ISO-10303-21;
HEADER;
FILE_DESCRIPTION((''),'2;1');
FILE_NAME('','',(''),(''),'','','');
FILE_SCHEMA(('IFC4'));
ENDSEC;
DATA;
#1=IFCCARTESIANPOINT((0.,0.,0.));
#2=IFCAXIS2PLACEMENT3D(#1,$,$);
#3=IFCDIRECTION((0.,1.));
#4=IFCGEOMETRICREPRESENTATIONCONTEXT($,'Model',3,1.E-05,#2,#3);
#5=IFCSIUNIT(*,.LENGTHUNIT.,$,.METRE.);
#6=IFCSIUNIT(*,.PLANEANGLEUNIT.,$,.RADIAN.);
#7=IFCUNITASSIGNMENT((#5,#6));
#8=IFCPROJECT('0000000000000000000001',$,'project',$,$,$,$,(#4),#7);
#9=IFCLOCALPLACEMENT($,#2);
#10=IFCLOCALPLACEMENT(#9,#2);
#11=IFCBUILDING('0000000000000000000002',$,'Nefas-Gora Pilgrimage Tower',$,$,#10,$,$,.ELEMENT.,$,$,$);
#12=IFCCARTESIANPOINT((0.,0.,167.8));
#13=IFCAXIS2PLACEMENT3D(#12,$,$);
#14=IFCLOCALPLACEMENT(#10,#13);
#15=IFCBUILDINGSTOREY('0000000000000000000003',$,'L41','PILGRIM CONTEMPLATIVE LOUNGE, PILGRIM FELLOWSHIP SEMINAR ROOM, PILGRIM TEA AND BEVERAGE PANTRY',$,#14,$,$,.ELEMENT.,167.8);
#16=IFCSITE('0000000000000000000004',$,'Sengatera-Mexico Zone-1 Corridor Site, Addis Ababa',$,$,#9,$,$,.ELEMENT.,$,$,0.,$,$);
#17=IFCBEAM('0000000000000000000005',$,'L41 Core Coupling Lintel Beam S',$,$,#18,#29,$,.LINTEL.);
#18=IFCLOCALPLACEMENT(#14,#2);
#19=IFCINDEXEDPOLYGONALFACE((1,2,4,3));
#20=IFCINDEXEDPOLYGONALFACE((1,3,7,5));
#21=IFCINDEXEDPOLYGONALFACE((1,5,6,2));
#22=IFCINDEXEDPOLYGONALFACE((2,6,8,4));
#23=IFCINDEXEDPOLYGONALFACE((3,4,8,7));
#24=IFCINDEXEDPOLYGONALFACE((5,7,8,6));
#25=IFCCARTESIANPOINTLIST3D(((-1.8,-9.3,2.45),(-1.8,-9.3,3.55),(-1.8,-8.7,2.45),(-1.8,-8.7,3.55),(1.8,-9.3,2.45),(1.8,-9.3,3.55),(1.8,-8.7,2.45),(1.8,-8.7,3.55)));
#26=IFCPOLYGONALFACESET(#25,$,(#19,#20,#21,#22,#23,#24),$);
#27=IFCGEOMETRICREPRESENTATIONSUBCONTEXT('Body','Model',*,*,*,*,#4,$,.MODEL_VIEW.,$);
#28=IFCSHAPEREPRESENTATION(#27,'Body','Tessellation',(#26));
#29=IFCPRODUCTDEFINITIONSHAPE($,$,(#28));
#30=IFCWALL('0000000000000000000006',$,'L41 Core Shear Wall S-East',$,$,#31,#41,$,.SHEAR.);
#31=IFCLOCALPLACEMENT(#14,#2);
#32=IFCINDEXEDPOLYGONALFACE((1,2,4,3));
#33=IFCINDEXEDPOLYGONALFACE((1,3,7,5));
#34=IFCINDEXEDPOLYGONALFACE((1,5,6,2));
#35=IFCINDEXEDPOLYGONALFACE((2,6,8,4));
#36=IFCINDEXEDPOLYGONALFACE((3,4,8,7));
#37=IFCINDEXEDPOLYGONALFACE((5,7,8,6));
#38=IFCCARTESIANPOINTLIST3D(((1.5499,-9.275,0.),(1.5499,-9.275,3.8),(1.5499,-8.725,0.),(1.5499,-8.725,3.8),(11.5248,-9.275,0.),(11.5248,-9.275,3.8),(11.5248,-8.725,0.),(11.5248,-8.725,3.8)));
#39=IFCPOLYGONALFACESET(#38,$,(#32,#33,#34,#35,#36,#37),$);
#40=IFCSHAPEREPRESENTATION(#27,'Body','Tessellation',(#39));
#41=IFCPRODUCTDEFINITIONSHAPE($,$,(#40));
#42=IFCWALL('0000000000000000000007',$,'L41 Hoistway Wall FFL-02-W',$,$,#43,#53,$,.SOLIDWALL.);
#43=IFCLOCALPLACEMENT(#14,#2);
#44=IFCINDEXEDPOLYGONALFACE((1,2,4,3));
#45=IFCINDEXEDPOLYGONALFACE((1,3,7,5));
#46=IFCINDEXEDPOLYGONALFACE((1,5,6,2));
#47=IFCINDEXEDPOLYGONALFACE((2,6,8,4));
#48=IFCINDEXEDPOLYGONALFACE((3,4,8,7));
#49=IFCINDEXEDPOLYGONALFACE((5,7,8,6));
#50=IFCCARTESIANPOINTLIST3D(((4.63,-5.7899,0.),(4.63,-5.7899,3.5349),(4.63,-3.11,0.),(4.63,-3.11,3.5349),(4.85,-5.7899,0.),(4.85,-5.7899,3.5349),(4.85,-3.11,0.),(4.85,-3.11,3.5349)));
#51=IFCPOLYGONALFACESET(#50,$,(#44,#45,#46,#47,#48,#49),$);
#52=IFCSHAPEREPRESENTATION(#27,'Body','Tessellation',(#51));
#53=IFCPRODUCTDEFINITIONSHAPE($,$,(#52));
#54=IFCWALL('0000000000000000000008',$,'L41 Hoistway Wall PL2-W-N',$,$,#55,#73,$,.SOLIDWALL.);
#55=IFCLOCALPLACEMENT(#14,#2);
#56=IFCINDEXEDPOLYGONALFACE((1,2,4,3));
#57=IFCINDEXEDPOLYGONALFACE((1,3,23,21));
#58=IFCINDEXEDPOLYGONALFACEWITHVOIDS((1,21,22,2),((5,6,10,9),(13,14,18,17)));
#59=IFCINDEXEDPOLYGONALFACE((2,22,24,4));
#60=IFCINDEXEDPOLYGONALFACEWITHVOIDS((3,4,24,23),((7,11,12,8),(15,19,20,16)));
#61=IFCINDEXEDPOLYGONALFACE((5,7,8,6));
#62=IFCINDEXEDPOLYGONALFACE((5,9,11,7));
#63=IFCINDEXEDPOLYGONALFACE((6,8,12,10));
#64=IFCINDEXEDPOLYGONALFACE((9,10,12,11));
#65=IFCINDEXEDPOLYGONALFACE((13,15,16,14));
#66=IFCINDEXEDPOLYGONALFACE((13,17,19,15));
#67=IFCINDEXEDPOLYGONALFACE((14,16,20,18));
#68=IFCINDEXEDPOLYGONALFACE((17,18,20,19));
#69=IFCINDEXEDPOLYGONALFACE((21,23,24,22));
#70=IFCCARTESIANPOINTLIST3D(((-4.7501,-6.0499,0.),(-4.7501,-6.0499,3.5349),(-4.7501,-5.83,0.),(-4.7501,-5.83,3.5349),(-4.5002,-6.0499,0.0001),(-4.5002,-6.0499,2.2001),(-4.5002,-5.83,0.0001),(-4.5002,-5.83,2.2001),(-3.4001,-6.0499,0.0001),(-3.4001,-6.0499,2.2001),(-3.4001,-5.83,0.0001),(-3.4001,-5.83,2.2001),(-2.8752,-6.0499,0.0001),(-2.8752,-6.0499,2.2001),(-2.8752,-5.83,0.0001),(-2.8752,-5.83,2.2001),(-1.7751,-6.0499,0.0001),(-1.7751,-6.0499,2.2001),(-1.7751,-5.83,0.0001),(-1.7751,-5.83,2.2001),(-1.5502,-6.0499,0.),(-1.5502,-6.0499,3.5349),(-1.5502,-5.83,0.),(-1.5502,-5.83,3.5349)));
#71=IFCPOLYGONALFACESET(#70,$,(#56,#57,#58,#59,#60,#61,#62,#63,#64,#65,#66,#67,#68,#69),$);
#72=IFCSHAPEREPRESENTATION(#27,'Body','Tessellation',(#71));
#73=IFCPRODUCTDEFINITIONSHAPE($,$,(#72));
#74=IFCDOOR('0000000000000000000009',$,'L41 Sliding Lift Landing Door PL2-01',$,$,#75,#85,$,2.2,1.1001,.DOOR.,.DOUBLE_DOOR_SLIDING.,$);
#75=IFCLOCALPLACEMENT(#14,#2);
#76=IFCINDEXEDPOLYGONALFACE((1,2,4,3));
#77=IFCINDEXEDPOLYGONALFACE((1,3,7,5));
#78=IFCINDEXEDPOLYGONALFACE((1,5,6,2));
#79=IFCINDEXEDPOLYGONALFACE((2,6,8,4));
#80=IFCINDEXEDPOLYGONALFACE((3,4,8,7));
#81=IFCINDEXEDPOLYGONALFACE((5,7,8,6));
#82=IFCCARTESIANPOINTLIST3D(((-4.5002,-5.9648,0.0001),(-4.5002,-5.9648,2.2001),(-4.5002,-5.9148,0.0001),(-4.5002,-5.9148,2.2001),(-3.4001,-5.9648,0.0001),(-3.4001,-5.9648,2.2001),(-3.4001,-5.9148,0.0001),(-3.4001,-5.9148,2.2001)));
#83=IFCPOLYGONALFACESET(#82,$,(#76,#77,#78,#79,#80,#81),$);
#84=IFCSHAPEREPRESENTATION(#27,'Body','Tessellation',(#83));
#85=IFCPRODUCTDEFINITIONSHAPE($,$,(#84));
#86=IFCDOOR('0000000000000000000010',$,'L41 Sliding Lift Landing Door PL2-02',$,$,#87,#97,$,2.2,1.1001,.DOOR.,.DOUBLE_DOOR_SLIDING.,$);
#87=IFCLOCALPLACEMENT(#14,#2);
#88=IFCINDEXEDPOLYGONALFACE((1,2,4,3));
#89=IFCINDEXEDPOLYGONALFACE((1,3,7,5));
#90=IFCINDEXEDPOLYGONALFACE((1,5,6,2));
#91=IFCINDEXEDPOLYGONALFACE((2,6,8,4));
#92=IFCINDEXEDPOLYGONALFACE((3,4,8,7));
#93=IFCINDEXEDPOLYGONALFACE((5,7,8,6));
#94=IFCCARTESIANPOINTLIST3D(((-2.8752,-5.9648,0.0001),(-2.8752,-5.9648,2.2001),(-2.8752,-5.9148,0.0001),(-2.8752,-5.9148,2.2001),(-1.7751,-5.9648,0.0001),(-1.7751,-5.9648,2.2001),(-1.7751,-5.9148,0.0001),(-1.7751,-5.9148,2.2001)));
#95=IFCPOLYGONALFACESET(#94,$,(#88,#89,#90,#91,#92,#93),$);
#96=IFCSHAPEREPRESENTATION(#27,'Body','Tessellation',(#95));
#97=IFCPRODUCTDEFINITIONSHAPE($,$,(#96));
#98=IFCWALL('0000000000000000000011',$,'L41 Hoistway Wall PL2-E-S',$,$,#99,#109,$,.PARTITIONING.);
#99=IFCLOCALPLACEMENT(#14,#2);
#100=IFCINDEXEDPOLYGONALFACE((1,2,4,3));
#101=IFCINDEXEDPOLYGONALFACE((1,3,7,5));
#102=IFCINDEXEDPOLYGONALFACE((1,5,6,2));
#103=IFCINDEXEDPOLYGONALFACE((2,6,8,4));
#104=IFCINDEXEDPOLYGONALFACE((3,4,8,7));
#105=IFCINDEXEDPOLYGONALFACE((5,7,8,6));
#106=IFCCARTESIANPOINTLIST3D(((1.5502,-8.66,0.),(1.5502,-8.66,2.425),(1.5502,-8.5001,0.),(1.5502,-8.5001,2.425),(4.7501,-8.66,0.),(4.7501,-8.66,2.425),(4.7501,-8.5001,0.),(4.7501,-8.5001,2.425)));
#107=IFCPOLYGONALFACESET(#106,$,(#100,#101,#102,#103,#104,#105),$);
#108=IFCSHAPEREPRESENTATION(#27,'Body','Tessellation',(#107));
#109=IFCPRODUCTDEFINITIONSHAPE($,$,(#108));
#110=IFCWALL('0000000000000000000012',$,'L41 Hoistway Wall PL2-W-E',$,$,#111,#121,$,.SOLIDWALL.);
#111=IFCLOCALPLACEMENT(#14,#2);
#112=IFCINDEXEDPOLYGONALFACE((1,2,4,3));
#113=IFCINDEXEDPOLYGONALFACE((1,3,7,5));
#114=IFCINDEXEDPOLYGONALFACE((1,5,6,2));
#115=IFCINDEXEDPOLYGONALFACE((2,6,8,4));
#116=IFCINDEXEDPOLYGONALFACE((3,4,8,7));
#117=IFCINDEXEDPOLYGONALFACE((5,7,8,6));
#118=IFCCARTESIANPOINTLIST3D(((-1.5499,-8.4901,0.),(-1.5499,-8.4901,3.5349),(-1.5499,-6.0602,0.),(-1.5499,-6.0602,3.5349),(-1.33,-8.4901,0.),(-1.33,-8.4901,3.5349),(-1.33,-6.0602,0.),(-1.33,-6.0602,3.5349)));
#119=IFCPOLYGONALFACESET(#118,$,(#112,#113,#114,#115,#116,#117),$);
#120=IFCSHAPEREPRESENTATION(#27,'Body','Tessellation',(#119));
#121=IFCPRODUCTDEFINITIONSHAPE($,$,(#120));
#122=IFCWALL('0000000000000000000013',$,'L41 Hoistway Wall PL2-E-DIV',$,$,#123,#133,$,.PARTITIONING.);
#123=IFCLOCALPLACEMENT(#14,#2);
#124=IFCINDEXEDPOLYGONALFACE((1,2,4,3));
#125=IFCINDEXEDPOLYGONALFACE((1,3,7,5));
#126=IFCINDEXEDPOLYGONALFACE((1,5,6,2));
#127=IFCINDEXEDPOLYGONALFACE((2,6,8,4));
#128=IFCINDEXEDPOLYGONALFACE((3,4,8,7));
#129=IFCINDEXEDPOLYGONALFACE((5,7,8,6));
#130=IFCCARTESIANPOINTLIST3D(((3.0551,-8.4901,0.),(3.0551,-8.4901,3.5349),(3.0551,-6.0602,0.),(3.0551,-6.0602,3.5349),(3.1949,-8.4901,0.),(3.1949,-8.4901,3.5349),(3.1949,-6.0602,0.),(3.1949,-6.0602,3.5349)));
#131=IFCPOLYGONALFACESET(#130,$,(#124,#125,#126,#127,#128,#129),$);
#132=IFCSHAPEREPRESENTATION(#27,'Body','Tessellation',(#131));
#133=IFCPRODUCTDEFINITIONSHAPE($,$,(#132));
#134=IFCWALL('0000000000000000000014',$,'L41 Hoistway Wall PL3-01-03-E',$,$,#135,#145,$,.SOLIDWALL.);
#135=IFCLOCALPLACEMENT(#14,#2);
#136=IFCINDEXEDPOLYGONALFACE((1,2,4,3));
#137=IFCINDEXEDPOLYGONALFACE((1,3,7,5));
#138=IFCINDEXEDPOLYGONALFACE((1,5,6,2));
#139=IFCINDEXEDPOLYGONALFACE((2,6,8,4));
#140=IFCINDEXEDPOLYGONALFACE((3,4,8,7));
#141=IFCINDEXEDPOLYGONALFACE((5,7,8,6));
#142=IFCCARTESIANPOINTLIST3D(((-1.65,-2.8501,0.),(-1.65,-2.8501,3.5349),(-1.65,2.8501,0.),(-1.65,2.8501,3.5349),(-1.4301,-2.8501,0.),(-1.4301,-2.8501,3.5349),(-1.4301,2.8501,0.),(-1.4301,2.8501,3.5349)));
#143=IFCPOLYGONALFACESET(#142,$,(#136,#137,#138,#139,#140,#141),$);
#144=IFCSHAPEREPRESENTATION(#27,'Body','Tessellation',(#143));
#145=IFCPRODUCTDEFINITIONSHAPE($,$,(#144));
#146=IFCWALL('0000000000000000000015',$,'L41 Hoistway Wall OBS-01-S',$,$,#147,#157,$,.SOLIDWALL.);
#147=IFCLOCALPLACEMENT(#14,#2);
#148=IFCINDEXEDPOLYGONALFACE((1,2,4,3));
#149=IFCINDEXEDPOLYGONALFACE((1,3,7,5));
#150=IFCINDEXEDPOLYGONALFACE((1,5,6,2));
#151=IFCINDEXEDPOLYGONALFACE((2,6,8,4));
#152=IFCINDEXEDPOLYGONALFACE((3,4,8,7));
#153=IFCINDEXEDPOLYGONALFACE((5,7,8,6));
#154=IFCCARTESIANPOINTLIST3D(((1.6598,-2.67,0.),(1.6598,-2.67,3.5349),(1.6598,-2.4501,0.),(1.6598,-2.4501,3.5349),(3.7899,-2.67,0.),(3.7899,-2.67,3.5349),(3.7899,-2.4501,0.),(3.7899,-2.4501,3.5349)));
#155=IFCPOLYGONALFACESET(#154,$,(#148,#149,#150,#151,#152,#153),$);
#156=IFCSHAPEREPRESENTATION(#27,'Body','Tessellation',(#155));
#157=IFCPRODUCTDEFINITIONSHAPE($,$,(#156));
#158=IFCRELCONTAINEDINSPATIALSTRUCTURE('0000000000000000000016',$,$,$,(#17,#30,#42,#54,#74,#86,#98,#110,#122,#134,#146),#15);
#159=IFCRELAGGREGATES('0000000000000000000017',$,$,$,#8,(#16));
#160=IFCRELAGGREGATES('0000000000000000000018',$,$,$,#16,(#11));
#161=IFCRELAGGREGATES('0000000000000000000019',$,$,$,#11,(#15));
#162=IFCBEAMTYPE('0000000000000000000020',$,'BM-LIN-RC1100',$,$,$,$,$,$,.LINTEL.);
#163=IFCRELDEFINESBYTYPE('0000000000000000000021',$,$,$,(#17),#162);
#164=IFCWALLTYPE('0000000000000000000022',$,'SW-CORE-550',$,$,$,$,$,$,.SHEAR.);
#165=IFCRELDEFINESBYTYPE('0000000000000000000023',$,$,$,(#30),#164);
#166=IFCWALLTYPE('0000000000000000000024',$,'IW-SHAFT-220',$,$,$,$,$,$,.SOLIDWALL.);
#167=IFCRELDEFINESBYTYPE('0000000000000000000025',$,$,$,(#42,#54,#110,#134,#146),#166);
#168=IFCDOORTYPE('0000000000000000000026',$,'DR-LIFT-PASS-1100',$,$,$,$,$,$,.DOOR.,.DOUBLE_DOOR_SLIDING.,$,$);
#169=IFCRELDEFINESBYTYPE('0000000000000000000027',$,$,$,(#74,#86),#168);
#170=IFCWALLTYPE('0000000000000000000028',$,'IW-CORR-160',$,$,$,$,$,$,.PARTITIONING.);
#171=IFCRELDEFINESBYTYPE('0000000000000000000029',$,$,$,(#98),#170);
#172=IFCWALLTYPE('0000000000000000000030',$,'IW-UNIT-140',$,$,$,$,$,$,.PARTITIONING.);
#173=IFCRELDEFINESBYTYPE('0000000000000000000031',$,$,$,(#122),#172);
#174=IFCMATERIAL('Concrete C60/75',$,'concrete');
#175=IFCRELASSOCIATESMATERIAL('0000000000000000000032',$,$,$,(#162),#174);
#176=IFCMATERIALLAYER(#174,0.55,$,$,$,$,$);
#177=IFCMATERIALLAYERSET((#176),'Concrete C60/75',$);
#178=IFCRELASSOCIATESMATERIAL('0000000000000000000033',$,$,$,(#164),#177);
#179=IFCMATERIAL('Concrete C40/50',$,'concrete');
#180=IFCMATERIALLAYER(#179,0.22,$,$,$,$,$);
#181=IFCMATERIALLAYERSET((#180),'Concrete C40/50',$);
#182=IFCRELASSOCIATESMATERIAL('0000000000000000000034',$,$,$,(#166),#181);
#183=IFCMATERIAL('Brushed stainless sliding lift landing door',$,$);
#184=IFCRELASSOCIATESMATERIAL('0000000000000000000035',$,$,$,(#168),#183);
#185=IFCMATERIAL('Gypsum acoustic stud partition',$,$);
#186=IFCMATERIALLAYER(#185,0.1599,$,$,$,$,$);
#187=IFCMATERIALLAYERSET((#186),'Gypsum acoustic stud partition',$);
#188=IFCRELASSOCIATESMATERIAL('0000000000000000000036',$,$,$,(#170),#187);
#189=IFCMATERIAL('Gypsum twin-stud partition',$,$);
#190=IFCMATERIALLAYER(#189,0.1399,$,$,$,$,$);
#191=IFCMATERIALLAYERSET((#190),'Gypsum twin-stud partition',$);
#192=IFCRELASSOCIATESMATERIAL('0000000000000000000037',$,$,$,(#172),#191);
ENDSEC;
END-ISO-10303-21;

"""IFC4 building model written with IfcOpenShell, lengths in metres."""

from ifc_helpers import new_model, si_unit, direction, frame, frame_2d, origin, origin_2d, place, context, subcontext, project, spatial, rectangle, extrude, source, transform, mapped, material, layer, layer_set, material_profile, profile_set, type_object, element, fill, save


model = new_model("IFC4")

# Units and contexts
model_context = context("Model", 3, precision=1e-05, world=origin(), true_north=direction((0.0, 1.0)))
body_context = subcontext(model_context, "Body", "Model", "MODEL_VIEW")
ifc_project = project(units=[si_unit("LENGTHUNIT", "METRE"), si_unit("PLANEANGLEUNIT", "RADIAN")], contexts=[model_context])

# Site, building, storey
site_placement = place(None, origin())
site = spatial("IfcSite", under=ifc_project, at=site_placement, Name="Sengatera-Mexico Zone-1 Corridor Site, Addis Ababa", CompositionType="ELEMENT", RefElevation=0.0)
building_placement = place(site_placement, origin())
building = spatial("IfcBuilding", under=site, at=building_placement, Name="Nefas-Gora Pilgrimage Tower", CompositionType="ELEMENT")
storey_placement = place(building_placement, frame((0.0, 0.0, 167.8)))
storey = spatial("IfcBuildingStorey", under=building, at=storey_placement, Name="L41", Description="PILGRIM CONTEMPLATIVE LOUNGE, PILGRIM FELLOWSHIP SEMINAR ROOM, PILGRIM TEA AND BEVERAGE PANTRY", CompositionType="ELEMENT", Elevation=167.8)

# Beam
ifc_material_1 = material(Name="Concrete C60/75", Category="concrete")
ifc_material_profile = material_profile(ifc_material_1, rectangle(XDim=0.6001, YDim=1.1001, at=origin_2d()), Name="RC 600x1100")
ifc_profile_set = profile_set([ifc_material_profile], Name="Concrete C60/75")
beam_type = type_object("IfcBeamType", Name="BM-LIN-RC1100", PredefinedType="LINTEL", material=ifc_profile_set)
shared_shape_1 = source(origin(), body_context, "Body", "SweptSolid", [
    extrude(rectangle(XDim=0.6001, YDim=1.1001, at=origin_2d()), origin(), (0.0, 0.0, 1.0), 3.6001),
])
beam_placement = place(storey_placement, frame((-1.8, -9.0, 3.0), z_axis=(1.0, 0.0, 0.0), x_axis=(0.0, 1.0, 0.0)))
element("IfcBeam", 1, at=beam_placement, inside=storey, type_object=beam_type, Name="L41 Core Coupling Lintel Beam S", PredefinedType="LINTEL", context=body_context, shape_type="MappedRepresentation", body=[
    mapped(shared_shape_1, transform((0.0, 0.0, 0.0), x_axis=(1.0, 0.0, 0.0), y_axis=(0.0, 1.0, 0.0), z_axis=(0.0, 0.0, 1.0), scale=1.0)),
])

# Walls
ifc_layer_1 = layer(ifc_material_1, 0.55)
ifc_layer_set_1 = layer_set([ifc_layer_1], Name="Concrete C60/75")
wall_type_1 = type_object("IfcWallType", Name="SW-CORE-550", PredefinedType="SHEAR", material=ifc_layer_set_1)
shared_shape_2 = source(origin(), body_context, "Body", "SweptSolid", [
    extrude(rectangle(XDim=9.9749, YDim=0.55, at=frame_2d((4.9873, 0.0))), origin(), (0.0, 0.0, 1.0), 3.8),
])
wall_1_placement = place(storey_placement, frame((1.55, -9.0, 0.0), z_axis=(0.0, 0.0, 1.0), x_axis=(1.0, 0.0, 0.0)))
element("IfcWall", 2, at=wall_1_placement, inside=storey, type_object=wall_type_1, Name="L41 Core Shear Wall S-East", PredefinedType="SHEAR", context=body_context, shape_type="MappedRepresentation", body=[
    mapped(shared_shape_2, transform((0.0, 0.0, 0.0), x_axis=(1.0, 0.0, 0.0), y_axis=(0.0, 1.0, 0.0), z_axis=(0.0, 0.0, 1.0), scale=1.0)),
])
ifc_material_2 = material(Name="Concrete C40/50", Category="concrete")
ifc_layer_2 = layer(ifc_material_2, 0.22)
ifc_layer_set_2 = layer_set([ifc_layer_2], Name="Concrete C40/50")
wall_type_2 = type_object("IfcWallType", Name="IW-SHAFT-220", PredefinedType="SOLIDWALL", material=ifc_layer_set_2)
shared_shape_3 = source(origin(), body_context, "Body", "SweptSolid", [
    extrude(rectangle(XDim=2.6799, YDim=0.22, at=frame_2d((1.3398, 0.0))), origin(), (0.0, 0.0, 1.0), 3.5349),
])
wall_2_placement = place(storey_placement, frame((4.74, -3.1101, 0.0), z_axis=(0.0, 0.0, 1.0), x_axis=(0.0, -1.0, 0.0)))
element("IfcWall", 3, at=wall_2_placement, inside=storey, type_object=wall_type_2, Name="L41 Hoistway Wall FFL-02-W", PredefinedType="SOLIDWALL", context=body_context, shape_type="MappedRepresentation", body=[
    mapped(shared_shape_3, transform((0.0, 0.0, 0.0), x_axis=(1.0, 0.0, 0.0), y_axis=(0.0, 1.0, 0.0), z_axis=(0.0, 0.0, 1.0), scale=1.0)),
])

# Wall, openings, doors
shared_shape_4 = source(origin(), body_context, "Body", "SweptSolid", [
    extrude(rectangle(XDim=3.2, YDim=0.22, at=frame_2d((1.6001, 0.0))), origin(), (0.0, 0.0, 1.0), 3.5349),
])
wall_3_placement = place(storey_placement, frame((-1.55, -5.9399, 0.0), z_axis=(0.0, 0.0, 1.0), x_axis=(-1.0, 0.0, 0.0)))
wall_3 = element("IfcWall", 4, at=wall_3_placement, inside=storey, type_object=wall_type_2, Name="L41 Hoistway Wall PL2-W-N", PredefinedType="SOLIDWALL", context=body_context, shape_type="MappedRepresentation", body=[
    mapped(shared_shape_4, transform((0.0, 0.0, 0.0), x_axis=(1.0, 0.0, 0.0), y_axis=(0.0, 1.0, 0.0), z_axis=(0.0, 0.0, 1.0), scale=1.0)),
])
opening_1_placement = place(wall_3_placement, frame((1.8501, 0.0, 0.0)))
opening_1 = element("IfcOpeningElement", 5, at=opening_1_placement, cuts=wall_3, PredefinedType="OPENING", context=body_context, shape_type="SweptSolid", body=[
    extrude(rectangle(XDim=1.1001, YDim=2.2, at=frame_2d((0.55, 1.1001))), frame((0.0, 0.1199, 0.0), z_axis=(0.0, -1.0, 0.0), x_axis=(1.0, 0.0, 0.0)), (0.0, 0.0, 1.0), 0.24),
])
opening_2_placement = place(wall_3_placement, frame((0.2251, 0.0, 0.0)))
opening_2 = element("IfcOpeningElement", 6, at=opening_2_placement, cuts=wall_3, PredefinedType="OPENING", context=body_context, shape_type="SweptSolid", body=[
    extrude(rectangle(XDim=1.1001, YDim=2.2, at=frame_2d((0.55, 1.1001))), frame((0.0, 0.1199, 0.0), z_axis=(0.0, -1.0, 0.0), x_axis=(1.0, 0.0, 0.0)), (0.0, 0.0, 1.0), 0.24),
])
ifc_material_3 = material(Name="Brushed stainless sliding lift landing door")
door_type_1 = type_object("IfcDoorType", Name="DR-LIFT-PASS-1100", OperationType="DOUBLE_DOOR_SLIDING", PredefinedType="DOOR", material=ifc_material_3)
shared_shape_5 = source(origin(), body_context, "Body", "SweptSolid", [
    extrude(rectangle(XDim=1.1001, YDim=2.2, at=frame_2d((0.55, 1.1001))), frame((0.0, 0.0249, 0.0), z_axis=(0.0, -1.0, 0.0), x_axis=(1.0, 0.0, 0.0)), (0.0, 0.0, 1.0), 0.05),
])
door_1_placement = place(opening_1_placement, origin())
door_1 = element("IfcDoor", 7, at=door_1_placement, inside=storey, type_object=door_type_1, Name="L41 Sliding Lift Landing Door PL2-01", OperationType="DOUBLE_DOOR_SLIDING", OverallHeight=2.2, OverallWidth=1.1001, PredefinedType="DOOR", context=body_context, shape_type="MappedRepresentation", body=[
    mapped(shared_shape_5, transform((0.0, 0.0, 0.0), x_axis=(1.0, 0.0, 0.0), y_axis=(0.0, 1.0, 0.0), z_axis=(0.0, 0.0, 1.0), scale=1.0)),
])
fill(opening_1, door_1)
door_2_placement = place(opening_2_placement, origin())
door_2 = element("IfcDoor", 8, at=door_2_placement, inside=storey, type_object=door_type_1, Name="L41 Sliding Lift Landing Door PL2-02", OperationType="DOUBLE_DOOR_SLIDING", OverallHeight=2.2, OverallWidth=1.1001, PredefinedType="DOOR", context=body_context, shape_type="MappedRepresentation", body=[
    mapped(shared_shape_5, transform((0.0, 0.0, 0.0), x_axis=(1.0, 0.0, 0.0), y_axis=(0.0, 1.0, 0.0), z_axis=(0.0, 0.0, 1.0), scale=1.0)),
])
fill(opening_2, door_2)

# Walls
ifc_material_4 = material(Name="Gypsum acoustic stud partition")
ifc_layer_3 = layer(ifc_material_4, 0.1599)
ifc_layer_set_3 = layer_set([ifc_layer_3], Name="Gypsum acoustic stud partition")
wall_type_3 = type_object("IfcWallType", Name="IW-CORR-160", PredefinedType="PARTITIONING", material=ifc_layer_set_3)
shared_shape_6 = source(origin(), body_context, "Body", "SweptSolid", [
    extrude(rectangle(XDim=3.2, YDim=0.1599, at=frame_2d((1.6001, 0.0))), origin(), (0.0, 0.0, 1.0), 2.425),
])
wall_4_placement = place(storey_placement, frame((1.55, -8.5801, 0.0), z_axis=(0.0, 0.0, 1.0), x_axis=(1.0, 0.0, 0.0)))
element("IfcWall", 9, at=wall_4_placement, inside=storey, type_object=wall_type_3, Name="L41 Hoistway Wall PL2-E-S", PredefinedType="PARTITIONING", context=body_context, shape_type="MappedRepresentation", body=[
    mapped(shared_shape_6, transform((0.0, 0.0, 0.0), x_axis=(1.0, 0.0, 0.0), y_axis=(0.0, 1.0, 0.0), z_axis=(0.0, 0.0, 1.0), scale=1.0)),
])
shared_shape_7 = source(origin(), body_context, "Body", "SweptSolid", [
    extrude(rectangle(XDim=2.4299, YDim=0.22, at=frame_2d((1.2148, 0.0))), origin(), (0.0, 0.0, 1.0), 3.5349),
])
for number, where, z_axis, x_axis, name in (
    (10, (-1.4399, -8.49, 0.0), (0.0, 0.0, 1.0), (0.0, 1.0, 0.0), "L41 Hoistway Wall PL2-W-E"),
):
    element("IfcWall", number, at=place(storey_placement, frame(where, z_axis=z_axis, x_axis=x_axis)), inside=storey, type_object=wall_type_2, Name=name, PredefinedType="SOLIDWALL", context=body_context, shape_type="MappedRepresentation", body=[
        mapped(shared_shape_7, transform((0.0, 0.0, 0.0), x_axis=(1.0, 0.0, 0.0), y_axis=(0.0, 1.0, 0.0), z_axis=(0.0, 0.0, 1.0), scale=1.0)),
    ])
ifc_material_5 = material(Name="Gypsum twin-stud partition")
ifc_layer_4 = layer(ifc_material_5, 0.1399)
ifc_layer_set_4 = layer_set([ifc_layer_4], Name="Gypsum twin-stud partition")
wall_type_4 = type_object("IfcWallType", Name="IW-UNIT-140", PredefinedType="PARTITIONING", material=ifc_layer_set_4)
shared_shape_8 = source(origin(), body_context, "Body", "SweptSolid", [
    extrude(rectangle(XDim=2.4299, YDim=0.1399, at=frame_2d((1.2148, 0.0))), origin(), (0.0, 0.0, 1.0), 3.5349),
])
wall_5_placement = place(storey_placement, frame((3.125, -8.49, 0.0), z_axis=(0.0, 0.0, 1.0), x_axis=(0.0, 1.0, 0.0)))
element("IfcWall", 11, at=wall_5_placement, inside=storey, type_object=wall_type_4, Name="L41 Hoistway Wall PL2-E-DIV", PredefinedType="PARTITIONING", context=body_context, shape_type="MappedRepresentation", body=[
    mapped(shared_shape_8, transform((0.0, 0.0, 0.0), x_axis=(1.0, 0.0, 0.0), y_axis=(0.0, 1.0, 0.0), z_axis=(0.0, 0.0, 1.0), scale=1.0)),
])
shared_shape_9 = source(origin(), body_context, "Body", "SweptSolid", [
    extrude(rectangle(XDim=5.7002, YDim=0.22, at=frame_2d((2.8501, 0.0))), origin(), (0.0, 0.0, 1.0), 3.5349),
])
wall_6_placement = place(storey_placement, frame((-1.54, -2.8501, 0.0), z_axis=(0.0, 0.0, 1.0), x_axis=(0.0, 1.0, 0.0)))
element("IfcWall", 12, at=wall_6_placement, inside=storey, type_object=wall_type_2, Name="L41 Hoistway Wall PL3-01-03-E", PredefinedType="SOLIDWALL", context=body_context, shape_type="MappedRepresentation", body=[
    mapped(shared_shape_9, transform((0.0, 0.0, 0.0), x_axis=(1.0, 0.0, 0.0), y_axis=(0.0, 1.0, 0.0), z_axis=(0.0, 0.0, 1.0), scale=1.0)),
])
shared_shape_10 = source(origin(), body_context, "Body", "SweptSolid", [
    extrude(rectangle(XDim=2.1301, YDim=0.22, at=frame_2d((1.0649, 0.0))), origin(), (0.0, 0.0, 1.0), 3.5349),
])
wall_7_placement = place(storey_placement, frame((1.6599, -2.5601, 0.0), z_axis=(0.0, 0.0, 1.0), x_axis=(1.0, 0.0, 0.0)))
element("IfcWall", 13, at=wall_7_placement, inside=storey, type_object=wall_type_2, Name="L41 Hoistway Wall OBS-01-S", PredefinedType="SOLIDWALL", context=body_context, shape_type="MappedRepresentation", body=[
    mapped(shared_shape_10, transform((0.0, 0.0, 0.0), x_axis=(1.0, 0.0, 0.0), y_axis=(0.0, 1.0, 0.0), z_axis=(0.0, 0.0, 1.0), scale=1.0)),
])

save(model, "model.ifc")
